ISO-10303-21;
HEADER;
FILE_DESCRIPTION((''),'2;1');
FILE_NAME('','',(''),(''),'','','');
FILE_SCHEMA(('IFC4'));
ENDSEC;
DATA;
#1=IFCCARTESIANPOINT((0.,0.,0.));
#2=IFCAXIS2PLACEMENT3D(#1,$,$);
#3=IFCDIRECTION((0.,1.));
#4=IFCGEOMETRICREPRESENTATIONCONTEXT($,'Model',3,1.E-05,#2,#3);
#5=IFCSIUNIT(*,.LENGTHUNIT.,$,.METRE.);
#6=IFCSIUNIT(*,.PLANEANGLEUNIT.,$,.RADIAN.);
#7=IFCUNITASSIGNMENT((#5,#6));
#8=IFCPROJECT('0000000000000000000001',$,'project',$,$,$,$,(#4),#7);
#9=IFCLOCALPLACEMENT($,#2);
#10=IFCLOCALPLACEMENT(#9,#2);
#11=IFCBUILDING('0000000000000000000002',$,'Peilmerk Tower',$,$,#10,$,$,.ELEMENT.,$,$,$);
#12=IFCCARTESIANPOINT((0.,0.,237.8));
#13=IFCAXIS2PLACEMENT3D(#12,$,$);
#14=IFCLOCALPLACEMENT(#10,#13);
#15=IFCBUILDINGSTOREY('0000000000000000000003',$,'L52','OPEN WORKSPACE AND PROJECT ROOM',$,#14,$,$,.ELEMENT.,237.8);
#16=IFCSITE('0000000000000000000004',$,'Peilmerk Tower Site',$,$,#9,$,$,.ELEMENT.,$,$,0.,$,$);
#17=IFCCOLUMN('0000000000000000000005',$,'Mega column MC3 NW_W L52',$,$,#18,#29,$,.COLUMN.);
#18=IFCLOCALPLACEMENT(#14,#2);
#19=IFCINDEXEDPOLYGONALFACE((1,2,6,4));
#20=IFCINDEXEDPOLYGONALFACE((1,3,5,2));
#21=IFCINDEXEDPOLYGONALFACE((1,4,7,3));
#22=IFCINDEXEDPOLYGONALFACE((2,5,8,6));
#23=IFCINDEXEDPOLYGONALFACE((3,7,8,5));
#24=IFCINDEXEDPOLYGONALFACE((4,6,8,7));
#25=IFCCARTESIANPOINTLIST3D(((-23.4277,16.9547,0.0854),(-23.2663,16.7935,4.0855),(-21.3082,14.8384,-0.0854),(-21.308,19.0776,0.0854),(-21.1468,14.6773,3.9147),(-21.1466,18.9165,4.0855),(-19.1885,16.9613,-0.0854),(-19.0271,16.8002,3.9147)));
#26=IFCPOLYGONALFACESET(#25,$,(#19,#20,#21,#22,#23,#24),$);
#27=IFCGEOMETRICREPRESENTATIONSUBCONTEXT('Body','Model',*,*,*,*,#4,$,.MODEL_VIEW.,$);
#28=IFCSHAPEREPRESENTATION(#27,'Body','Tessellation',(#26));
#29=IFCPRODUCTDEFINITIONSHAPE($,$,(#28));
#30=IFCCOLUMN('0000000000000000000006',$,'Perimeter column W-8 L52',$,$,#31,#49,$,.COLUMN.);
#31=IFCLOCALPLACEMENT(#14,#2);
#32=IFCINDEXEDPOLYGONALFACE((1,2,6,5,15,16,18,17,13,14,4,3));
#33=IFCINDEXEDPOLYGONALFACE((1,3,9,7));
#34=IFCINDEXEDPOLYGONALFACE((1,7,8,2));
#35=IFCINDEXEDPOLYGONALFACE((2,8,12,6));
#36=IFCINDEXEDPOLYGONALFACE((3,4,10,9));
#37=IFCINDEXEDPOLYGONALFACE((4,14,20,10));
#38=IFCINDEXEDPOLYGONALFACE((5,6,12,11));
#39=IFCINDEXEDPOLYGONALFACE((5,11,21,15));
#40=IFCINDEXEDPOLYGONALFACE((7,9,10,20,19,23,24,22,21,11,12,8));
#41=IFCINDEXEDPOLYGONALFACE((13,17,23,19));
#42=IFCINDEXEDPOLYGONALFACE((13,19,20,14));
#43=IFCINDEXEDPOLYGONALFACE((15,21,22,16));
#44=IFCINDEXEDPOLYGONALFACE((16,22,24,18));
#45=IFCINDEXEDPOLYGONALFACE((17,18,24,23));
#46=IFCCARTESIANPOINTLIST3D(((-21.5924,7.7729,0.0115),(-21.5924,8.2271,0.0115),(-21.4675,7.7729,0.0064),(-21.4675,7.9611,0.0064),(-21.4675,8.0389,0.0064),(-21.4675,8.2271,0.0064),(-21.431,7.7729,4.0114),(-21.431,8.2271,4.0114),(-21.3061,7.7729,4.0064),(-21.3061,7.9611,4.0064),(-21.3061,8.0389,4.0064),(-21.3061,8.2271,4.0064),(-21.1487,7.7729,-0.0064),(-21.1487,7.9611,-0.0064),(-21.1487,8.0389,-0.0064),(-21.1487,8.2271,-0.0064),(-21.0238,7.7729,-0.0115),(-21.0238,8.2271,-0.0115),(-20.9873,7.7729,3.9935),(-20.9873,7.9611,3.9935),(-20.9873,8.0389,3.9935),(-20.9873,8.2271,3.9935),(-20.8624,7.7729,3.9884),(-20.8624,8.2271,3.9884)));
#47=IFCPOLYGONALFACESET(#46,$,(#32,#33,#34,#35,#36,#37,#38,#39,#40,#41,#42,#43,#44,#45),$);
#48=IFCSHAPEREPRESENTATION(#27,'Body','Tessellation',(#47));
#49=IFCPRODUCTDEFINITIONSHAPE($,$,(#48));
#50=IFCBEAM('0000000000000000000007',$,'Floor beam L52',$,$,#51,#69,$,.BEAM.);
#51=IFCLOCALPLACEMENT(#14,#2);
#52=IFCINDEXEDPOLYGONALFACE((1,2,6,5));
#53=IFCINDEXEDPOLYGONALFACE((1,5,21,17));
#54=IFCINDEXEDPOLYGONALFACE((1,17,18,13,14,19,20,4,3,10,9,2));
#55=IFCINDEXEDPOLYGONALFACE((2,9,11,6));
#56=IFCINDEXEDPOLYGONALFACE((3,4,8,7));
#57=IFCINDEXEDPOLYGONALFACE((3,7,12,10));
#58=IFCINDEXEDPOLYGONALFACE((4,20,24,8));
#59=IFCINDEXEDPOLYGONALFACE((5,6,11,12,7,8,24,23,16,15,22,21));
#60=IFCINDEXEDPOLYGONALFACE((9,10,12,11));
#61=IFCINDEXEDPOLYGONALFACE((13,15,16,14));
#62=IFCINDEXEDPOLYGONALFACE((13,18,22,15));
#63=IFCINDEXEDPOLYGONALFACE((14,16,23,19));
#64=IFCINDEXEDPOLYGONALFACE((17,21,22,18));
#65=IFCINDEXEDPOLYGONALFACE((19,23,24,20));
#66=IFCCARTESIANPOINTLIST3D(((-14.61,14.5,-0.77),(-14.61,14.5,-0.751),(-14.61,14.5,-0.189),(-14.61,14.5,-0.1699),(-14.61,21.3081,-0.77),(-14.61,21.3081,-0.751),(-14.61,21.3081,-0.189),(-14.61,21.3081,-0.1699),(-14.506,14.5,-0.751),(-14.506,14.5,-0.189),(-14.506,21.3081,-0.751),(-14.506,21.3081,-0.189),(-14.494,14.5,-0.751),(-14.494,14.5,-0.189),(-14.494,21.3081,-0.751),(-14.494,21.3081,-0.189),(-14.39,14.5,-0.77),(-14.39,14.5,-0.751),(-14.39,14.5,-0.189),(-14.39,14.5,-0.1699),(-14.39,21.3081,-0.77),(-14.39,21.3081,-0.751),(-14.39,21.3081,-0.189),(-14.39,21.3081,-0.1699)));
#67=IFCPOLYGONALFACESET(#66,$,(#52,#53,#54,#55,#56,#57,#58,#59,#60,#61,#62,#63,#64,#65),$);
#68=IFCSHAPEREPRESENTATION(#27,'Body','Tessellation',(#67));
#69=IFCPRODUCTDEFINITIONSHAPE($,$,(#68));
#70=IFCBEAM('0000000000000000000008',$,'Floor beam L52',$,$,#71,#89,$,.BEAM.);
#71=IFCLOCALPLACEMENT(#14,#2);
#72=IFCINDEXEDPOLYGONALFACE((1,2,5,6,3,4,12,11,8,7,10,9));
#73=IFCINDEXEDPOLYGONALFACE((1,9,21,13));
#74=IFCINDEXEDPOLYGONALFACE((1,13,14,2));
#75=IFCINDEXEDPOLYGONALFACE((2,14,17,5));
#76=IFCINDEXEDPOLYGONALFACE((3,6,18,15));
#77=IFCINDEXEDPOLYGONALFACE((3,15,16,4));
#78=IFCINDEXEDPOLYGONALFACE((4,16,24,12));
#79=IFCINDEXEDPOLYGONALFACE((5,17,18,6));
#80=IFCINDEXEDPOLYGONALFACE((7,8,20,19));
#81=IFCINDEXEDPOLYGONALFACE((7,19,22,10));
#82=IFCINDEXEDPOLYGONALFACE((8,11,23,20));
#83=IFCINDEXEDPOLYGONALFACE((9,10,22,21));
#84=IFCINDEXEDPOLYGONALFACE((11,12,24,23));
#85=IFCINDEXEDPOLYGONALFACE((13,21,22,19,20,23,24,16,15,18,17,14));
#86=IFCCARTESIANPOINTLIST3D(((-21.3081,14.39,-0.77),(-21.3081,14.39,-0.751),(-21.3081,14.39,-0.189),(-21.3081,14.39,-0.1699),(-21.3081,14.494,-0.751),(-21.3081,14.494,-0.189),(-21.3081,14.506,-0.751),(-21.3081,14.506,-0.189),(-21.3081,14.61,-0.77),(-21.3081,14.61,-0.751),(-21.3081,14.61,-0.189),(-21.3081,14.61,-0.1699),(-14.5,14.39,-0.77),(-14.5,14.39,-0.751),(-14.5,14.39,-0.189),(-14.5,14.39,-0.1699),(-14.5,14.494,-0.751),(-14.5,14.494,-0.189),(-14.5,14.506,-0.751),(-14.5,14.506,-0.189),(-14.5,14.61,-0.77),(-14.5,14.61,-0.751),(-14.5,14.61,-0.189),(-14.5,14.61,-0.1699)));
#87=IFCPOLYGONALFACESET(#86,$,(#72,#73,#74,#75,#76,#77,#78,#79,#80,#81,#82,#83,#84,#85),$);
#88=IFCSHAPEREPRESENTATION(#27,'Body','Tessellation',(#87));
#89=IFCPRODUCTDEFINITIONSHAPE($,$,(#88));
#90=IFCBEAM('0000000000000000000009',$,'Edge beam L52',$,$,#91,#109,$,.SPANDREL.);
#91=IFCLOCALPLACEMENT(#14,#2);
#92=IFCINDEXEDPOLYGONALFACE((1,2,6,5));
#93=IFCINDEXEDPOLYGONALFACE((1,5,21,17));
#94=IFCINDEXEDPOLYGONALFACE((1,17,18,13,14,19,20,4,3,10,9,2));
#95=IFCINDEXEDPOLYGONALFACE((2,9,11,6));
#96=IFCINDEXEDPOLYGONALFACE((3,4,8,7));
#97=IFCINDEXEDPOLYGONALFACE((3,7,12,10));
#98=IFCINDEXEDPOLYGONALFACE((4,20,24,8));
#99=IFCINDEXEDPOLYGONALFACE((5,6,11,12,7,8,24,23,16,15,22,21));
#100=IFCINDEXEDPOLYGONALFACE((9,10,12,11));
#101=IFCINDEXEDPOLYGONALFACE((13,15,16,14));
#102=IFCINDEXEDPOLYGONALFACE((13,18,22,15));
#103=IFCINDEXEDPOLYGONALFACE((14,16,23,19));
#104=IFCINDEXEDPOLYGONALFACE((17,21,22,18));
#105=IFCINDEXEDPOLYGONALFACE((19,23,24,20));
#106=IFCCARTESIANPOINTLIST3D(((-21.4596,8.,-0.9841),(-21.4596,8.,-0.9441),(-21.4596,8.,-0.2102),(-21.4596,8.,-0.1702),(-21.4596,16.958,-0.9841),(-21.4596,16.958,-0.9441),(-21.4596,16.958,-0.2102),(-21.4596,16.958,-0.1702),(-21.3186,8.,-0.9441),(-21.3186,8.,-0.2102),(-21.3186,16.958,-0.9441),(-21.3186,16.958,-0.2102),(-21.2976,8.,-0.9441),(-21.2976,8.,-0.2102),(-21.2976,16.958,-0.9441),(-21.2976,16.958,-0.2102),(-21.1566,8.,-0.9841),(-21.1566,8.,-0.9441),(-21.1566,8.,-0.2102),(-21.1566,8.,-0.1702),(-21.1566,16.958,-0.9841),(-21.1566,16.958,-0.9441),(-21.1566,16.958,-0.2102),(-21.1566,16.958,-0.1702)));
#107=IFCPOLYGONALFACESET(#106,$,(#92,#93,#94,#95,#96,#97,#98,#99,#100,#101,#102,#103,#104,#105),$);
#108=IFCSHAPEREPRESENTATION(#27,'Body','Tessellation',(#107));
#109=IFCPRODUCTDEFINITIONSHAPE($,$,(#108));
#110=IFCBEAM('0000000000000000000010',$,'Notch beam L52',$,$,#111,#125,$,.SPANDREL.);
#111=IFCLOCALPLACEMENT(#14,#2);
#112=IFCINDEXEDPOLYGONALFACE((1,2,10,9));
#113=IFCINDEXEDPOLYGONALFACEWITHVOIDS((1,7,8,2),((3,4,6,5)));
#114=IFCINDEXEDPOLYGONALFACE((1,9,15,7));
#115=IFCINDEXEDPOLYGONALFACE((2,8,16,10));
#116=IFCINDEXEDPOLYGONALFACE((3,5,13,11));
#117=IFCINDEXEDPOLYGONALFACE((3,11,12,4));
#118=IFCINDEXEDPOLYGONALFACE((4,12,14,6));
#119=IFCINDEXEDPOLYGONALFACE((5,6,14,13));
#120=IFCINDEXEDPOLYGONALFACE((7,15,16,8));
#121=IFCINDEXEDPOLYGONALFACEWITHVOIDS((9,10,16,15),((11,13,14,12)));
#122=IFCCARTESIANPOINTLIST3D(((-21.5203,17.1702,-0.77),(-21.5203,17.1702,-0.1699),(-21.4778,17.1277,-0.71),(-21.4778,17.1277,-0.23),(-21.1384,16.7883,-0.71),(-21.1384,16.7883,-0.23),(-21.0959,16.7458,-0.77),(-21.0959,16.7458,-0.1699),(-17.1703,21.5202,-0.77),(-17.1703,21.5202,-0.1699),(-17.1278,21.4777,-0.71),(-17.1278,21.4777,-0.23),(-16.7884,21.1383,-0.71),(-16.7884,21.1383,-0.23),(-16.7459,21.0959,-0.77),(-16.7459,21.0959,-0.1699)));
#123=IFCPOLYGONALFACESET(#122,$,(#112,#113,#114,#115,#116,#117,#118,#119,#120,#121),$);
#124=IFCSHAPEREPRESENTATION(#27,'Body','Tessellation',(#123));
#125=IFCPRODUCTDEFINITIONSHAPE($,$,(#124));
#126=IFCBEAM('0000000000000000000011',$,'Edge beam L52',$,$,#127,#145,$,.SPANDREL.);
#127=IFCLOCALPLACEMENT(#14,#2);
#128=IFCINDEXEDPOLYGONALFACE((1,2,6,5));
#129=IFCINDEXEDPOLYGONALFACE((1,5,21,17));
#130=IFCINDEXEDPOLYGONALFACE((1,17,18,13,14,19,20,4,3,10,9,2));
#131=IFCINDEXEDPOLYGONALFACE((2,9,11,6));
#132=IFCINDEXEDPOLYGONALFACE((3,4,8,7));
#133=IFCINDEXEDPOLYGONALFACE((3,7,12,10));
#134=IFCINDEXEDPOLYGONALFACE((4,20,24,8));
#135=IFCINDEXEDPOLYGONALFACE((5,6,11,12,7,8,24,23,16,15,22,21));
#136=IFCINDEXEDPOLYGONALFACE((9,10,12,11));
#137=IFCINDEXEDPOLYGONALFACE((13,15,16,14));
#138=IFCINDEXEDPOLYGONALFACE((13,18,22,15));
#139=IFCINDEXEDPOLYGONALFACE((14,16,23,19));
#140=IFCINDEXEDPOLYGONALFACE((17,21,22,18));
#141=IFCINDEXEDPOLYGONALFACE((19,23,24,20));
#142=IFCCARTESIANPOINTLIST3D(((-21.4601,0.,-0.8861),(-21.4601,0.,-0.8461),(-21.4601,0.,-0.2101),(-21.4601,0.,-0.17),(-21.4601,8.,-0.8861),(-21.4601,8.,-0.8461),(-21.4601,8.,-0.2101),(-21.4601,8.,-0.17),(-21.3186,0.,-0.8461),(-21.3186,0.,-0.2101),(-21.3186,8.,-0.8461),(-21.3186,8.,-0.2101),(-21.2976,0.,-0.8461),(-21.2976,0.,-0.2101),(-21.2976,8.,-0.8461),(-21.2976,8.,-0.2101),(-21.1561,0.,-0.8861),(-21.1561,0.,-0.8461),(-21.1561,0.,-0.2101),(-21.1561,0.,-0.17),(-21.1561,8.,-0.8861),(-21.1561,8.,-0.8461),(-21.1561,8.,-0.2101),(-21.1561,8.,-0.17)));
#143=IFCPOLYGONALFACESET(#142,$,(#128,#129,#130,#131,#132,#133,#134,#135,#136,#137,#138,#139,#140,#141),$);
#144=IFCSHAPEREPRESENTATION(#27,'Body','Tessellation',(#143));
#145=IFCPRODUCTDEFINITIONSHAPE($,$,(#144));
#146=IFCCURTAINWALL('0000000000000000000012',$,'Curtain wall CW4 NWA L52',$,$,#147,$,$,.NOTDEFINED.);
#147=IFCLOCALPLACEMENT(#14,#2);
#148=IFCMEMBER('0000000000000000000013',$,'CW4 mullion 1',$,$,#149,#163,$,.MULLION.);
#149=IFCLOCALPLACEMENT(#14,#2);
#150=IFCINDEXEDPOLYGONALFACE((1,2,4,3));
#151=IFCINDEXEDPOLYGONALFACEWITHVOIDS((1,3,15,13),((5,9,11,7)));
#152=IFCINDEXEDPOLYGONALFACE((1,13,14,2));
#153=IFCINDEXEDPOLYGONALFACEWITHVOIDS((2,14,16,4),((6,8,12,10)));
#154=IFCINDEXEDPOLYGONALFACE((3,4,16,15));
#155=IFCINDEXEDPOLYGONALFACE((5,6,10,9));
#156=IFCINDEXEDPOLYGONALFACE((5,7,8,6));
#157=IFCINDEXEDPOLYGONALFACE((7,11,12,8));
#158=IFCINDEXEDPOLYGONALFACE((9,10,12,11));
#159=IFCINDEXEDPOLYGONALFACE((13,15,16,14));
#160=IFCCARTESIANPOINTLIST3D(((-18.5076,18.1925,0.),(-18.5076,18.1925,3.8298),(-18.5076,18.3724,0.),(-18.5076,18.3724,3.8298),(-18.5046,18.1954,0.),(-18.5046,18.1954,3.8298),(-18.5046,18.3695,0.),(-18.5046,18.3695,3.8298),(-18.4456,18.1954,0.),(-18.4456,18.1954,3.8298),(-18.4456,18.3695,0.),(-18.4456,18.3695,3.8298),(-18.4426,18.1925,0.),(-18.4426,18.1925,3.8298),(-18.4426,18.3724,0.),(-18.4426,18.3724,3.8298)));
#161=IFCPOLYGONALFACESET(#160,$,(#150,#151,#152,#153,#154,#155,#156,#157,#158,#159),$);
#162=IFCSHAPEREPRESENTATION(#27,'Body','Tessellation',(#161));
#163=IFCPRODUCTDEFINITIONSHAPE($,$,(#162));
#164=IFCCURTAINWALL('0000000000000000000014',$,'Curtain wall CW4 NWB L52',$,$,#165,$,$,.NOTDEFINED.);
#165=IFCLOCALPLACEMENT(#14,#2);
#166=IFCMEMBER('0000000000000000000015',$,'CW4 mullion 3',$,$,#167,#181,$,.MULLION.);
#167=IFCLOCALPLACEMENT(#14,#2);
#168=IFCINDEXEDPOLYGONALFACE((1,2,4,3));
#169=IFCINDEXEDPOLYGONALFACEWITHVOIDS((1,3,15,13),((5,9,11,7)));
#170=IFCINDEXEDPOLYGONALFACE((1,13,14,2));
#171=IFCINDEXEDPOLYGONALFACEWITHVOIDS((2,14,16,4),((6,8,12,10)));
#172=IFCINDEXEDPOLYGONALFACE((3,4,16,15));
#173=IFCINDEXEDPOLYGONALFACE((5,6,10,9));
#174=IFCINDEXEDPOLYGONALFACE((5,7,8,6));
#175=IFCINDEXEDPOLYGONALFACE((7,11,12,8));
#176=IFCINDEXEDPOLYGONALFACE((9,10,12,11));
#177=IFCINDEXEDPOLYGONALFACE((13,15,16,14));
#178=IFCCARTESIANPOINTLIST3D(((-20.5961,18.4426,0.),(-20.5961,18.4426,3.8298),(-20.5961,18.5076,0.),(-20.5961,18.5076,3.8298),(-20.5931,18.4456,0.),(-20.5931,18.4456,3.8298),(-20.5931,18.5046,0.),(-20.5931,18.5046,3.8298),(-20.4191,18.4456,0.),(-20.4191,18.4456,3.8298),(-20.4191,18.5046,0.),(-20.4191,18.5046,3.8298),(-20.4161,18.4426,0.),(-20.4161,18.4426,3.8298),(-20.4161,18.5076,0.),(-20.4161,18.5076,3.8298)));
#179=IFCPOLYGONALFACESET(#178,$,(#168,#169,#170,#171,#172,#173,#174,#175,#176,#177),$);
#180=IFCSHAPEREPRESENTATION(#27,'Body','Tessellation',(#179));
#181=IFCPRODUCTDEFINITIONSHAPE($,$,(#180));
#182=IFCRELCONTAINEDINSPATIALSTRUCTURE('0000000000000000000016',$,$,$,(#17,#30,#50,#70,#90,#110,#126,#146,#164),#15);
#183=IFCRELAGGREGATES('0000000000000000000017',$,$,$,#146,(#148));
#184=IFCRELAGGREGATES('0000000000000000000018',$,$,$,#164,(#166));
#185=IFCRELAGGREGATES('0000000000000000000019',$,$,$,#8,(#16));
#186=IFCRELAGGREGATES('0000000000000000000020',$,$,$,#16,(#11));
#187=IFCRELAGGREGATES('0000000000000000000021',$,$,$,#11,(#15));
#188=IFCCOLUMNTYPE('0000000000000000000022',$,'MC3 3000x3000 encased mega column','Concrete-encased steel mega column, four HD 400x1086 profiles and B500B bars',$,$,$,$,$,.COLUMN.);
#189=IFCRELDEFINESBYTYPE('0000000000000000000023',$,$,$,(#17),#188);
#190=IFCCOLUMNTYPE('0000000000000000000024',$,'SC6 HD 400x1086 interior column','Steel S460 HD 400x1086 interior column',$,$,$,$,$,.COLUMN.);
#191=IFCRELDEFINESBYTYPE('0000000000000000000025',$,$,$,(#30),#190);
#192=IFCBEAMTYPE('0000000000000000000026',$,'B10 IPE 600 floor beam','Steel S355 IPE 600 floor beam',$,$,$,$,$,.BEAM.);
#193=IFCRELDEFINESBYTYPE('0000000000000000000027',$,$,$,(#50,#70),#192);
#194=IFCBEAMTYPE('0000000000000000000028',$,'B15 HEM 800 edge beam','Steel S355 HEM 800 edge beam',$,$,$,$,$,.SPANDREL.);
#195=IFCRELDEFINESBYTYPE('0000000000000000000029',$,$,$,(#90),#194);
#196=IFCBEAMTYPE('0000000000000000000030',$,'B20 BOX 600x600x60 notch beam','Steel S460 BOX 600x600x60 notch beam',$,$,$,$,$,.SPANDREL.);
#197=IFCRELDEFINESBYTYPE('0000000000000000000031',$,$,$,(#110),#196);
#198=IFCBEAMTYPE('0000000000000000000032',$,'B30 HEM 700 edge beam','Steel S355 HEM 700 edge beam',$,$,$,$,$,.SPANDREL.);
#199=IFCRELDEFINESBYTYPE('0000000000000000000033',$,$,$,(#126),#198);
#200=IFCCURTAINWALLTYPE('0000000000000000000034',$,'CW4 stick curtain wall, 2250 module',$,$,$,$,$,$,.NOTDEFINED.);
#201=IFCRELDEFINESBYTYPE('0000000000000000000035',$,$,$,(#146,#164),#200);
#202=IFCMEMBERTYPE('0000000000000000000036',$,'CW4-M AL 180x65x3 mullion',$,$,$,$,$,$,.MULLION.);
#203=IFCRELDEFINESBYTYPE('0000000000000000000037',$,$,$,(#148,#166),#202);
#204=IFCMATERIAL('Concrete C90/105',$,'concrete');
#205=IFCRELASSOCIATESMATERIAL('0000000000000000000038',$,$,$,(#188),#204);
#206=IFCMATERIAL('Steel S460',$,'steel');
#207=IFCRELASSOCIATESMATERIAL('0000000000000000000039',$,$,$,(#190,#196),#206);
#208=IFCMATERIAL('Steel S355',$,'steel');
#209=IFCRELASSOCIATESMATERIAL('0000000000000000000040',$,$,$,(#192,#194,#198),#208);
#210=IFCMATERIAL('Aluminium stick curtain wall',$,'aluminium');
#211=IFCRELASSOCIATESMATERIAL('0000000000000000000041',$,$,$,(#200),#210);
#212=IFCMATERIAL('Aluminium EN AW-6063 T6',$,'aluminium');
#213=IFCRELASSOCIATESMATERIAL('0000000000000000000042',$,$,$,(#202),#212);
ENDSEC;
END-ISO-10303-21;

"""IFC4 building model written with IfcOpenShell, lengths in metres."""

from ifc_helpers import new_model, si_unit, direction, frame, origin, origin_2d, place, context, subcontext, project, spatial, rectangle, hollow_rectangle, i_section, extrude, material, material_profile, profile_set, type_object, element, aggregate, save


model = new_model("IFC4")

# Units and contexts
model_context = context("Model", 3, precision=1e-05, world=origin(), true_north=direction((0.0, 1.0)))
body_context = subcontext(model_context, "Body", "Model", "MODEL_VIEW")
ifc_project = project(units=[si_unit("LENGTHUNIT", "METRE"), si_unit("PLANEANGLEUNIT", "RADIAN")], contexts=[model_context])

# Site, building, storey
site_placement = place(None, origin())
site = spatial("IfcSite", under=ifc_project, at=site_placement, Name="Peilmerk Tower Site", CompositionType="ELEMENT", RefElevation=0.0)
building_placement = place(site_placement, origin())
building = spatial("IfcBuilding", under=site, at=building_placement, Name="Peilmerk Tower", CompositionType="ELEMENT")
storey_placement = place(building_placement, frame((0.0, 0.0, 237.8)))
storey = spatial("IfcBuildingStorey", under=building, at=storey_placement, Name="L52", Description="OPEN WORKSPACE AND PROJECT ROOM", CompositionType="ELEMENT", Elevation=237.8)

# Columns
ifc_material_1 = material(Name="Concrete C90/105", Category="concrete")
ifc_material_profile_1 = material_profile(ifc_material_1, rectangle(XDim=3.0, YDim=3.0, at=origin_2d()), Name="RC 3000x3000")
ifc_profile_set_1 = profile_set([ifc_material_profile_1], Name="Concrete C90/105")
column_type_1 = type_object("IfcColumnType", Name="MC3 3000x3000 encased mega column", Description="Concrete-encased steel mega column, four HD 400x1086 profiles and B500B bars", PredefinedType="COLUMN", material=ifc_profile_set_1)
column_1_placement = place(storey_placement, frame((-21.3081, 16.958, 0.0), z_axis=(0.040279, -0.040218, 0.998379), x_axis=(0.706571, 0.707642, 0.0)))
element("IfcColumn", 1, at=column_1_placement, inside=storey, type_object=column_type_1, Name="Mega column MC3 NW_W L52", PredefinedType="COLUMN", context=body_context, shape_type="SweptSolid", body=[
    extrude(rectangle(XDim=3.0, YDim=3.0, at=origin_2d()), origin(), (0.0, 0.0, 1.0), 4.0066),
])
ifc_material_2 = material(Name="Steel S460", Category="steel")
ifc_material_profile_2 = material_profile(ifc_material_2, i_section(OverallWidth=0.4541, OverallDepth=0.5691, WebThickness=0.0779, FlangeThickness=0.125, at=origin_2d()), Name="HD 400x1086")
ifc_profile_set_2 = profile_set([ifc_material_profile_2], Name="Steel S460")
column_type_2 = type_object("IfcColumnType", Name="SC6 HD 400x1086 interior column", Description="Steel S460 HD 400x1086 interior column", PredefinedType="COLUMN", material=ifc_profile_set_2)
column_2_placement = place(storey_placement, frame((-21.3081, 8.0, 0.0), z_axis=(0.040311, 0.0, 0.999187), x_axis=(0.0, 1.0, 0.0)))
element("IfcColumn", 2, at=column_2_placement, inside=storey, type_object=column_type_2, Name="Perimeter column W-8 L52", PredefinedType="COLUMN", context=body_context, shape_type="SweptSolid", body=[
    extrude(i_section(OverallWidth=0.4541, OverallDepth=0.5691, WebThickness=0.0779, FlangeThickness=0.125, at=origin_2d()), origin(), (0.0, 0.0, 1.0), 4.0032),
])

# Beams
ifc_material_3 = material(Name="Steel S355", Category="steel")
ifc_material_profile_3 = material_profile(ifc_material_3, i_section(OverallWidth=0.22, OverallDepth=0.6001, WebThickness=0.012, FlangeThickness=0.019, at=origin_2d()), Name="IPE 600")
ifc_profile_set_3 = profile_set([ifc_material_profile_3], Name="Steel S355")
beam_type_1 = type_object("IfcBeamType", Name="B10 IPE 600 floor beam", Description="Steel S355 IPE 600 floor beam", PredefinedType="BEAM", material=ifc_profile_set_3)
for number, where, z_axis, x_axis, name in (
    (3, (-14.5, 14.5, -0.47), (0.0, 1.0, 0.0), (-1.0, 0.0, 0.0), "Floor beam L52"),
    (4, (-14.5, 14.5, -0.47), (-1.0, 0.0, 0.0), (0.0, -1.0, 0.0), "Floor beam L52"),
):
    element("IfcBeam", number, at=place(storey_placement, frame(where, z_axis=z_axis, x_axis=x_axis)), inside=storey, type_object=beam_type_1, Name=name, PredefinedType="BEAM", context=body_context, shape_type="SweptSolid", body=[
        extrude(i_section(OverallWidth=0.22, OverallDepth=0.6001, WebThickness=0.012, FlangeThickness=0.019, at=origin_2d()), origin(), (0.0, 0.0, 1.0), 6.8081),
    ])
ifc_material_profile_4 = material_profile(ifc_material_3, i_section(OverallWidth=0.303, OverallDepth=0.814, WebThickness=0.021, FlangeThickness=0.04, at=origin_2d()), Name="HEM 800")
ifc_profile_set_4 = profile_set([ifc_material_profile_4], Name="Steel S355")
beam_type_2 = type_object("IfcBeamType", Name="B15 HEM 800 edge beam", Description="Steel S355 HEM 800 edge beam", PredefinedType="SPANDREL", material=ifc_profile_set_4)
beam_1_placement = place(storey_placement, frame((-21.3081, 16.958, -0.5771), z_axis=(0.0, -1.0, 0.0), x_axis=(1.0, 0.0, 0.0)))
element("IfcBeam", 5, at=beam_1_placement, inside=storey, type_object=beam_type_2, Name="Edge beam L52", PredefinedType="SPANDREL", context=body_context, shape_type="SweptSolid", body=[
    extrude(i_section(OverallWidth=0.303, OverallDepth=0.814, WebThickness=0.021, FlangeThickness=0.04, at=origin_2d()), origin(), (0.0, 0.0, 1.0), 8.958),
])
ifc_material_profile_5 = material_profile(ifc_material_2, hollow_rectangle(XDim=0.6001, YDim=0.6001, WallThickness=0.0601, at=origin_2d()), Name="BOX 600x600x60")
ifc_profile_set_5 = profile_set([ifc_material_profile_5], Name="Steel S460")
beam_type_3 = type_object("IfcBeamType", Name="B20 BOX 600x600x60 notch beam", Description="Steel S460 BOX 600x600x60 notch beam", PredefinedType="SPANDREL", material=ifc_profile_set_5)
beam_2_placement = place(storey_placement, frame((-21.3081, 16.958, -0.47), z_axis=(0.707107, 0.707107, 0.0), x_axis=(-0.707107, 0.707107, 0.0)))
element("IfcBeam", 6, at=beam_2_placement, inside=storey, type_object=beam_type_3, Name="Notch beam L52", PredefinedType="SPANDREL", context=body_context, shape_type="SweptSolid", body=[
    extrude(hollow_rectangle(XDim=0.6001, YDim=0.6001, WallThickness=0.0601, at=origin_2d()), origin(), (0.0, 0.0, 1.0), 6.1519),
])
ifc_material_profile_6 = material_profile(ifc_material_3, i_section(OverallWidth=0.304, OverallDepth=0.7161, WebThickness=0.021, FlangeThickness=0.04, at=origin_2d()), Name="HEM 700")
ifc_profile_set_6 = profile_set([ifc_material_profile_6], Name="Steel S355")
beam_type_4 = type_object("IfcBeamType", Name="B30 HEM 700 edge beam", Description="Steel S355 HEM 700 edge beam", PredefinedType="SPANDREL", material=ifc_profile_set_6)
beam_3_placement = place(storey_placement, frame((-21.3081, 8.0, -0.5281), z_axis=(0.0, -1.0, 0.0), x_axis=(1.0, 0.0, 0.0)))
element("IfcBeam", 7, at=beam_3_placement, inside=storey, type_object=beam_type_4, Name="Edge beam L52", PredefinedType="SPANDREL", context=body_context, shape_type="SweptSolid", body=[
    extrude(i_section(OverallWidth=0.304, OverallDepth=0.7161, WebThickness=0.021, FlangeThickness=0.04, at=origin_2d()), origin(), (0.0, 0.0, 1.0), 8.0),
])

# Curtain walls, members
ifc_material_4 = material(Name="Aluminium stick curtain wall", Category="aluminium")
curtain_wall_type = type_object("IfcCurtainWallType", Name="CW4 stick curtain wall, 2250 module", PredefinedType="NOTDEFINED", material=ifc_material_4)
curtain_wall_1_placement = place(storey_placement, origin())
curtain_wall_1 = element("IfcCurtainWall", 8, at=curtain_wall_1_placement, inside=storey, type_object=curtain_wall_type, Name="Curtain wall CW4 NWA L52", PredefinedType="NOTDEFINED")
ifc_material_5 = material(Name="Aluminium EN AW-6063 T6", Category="aluminium")
ifc_material_profile_7 = material_profile(ifc_material_5, hollow_rectangle(XDim=0.0649, YDim=0.1799, WallThickness=0.0029, at=origin_2d()), Name="AL 180x65x3")
ifc_profile_set_7 = profile_set([ifc_material_profile_7], Name="Aluminium EN AW-6063 T6")
member_type_1 = type_object("IfcMemberType", Name="CW4-M AL 180x65x3 mullion", PredefinedType="MULLION", material=ifc_profile_set_7)
member_1_placement = place(storey_placement, frame((-18.4751, 18.2825, 0.0), z_axis=(0.0, 0.0, 1.0), x_axis=(-1.0, 0.0, 0.0)))
member_1 = element("IfcMember", 9, at=member_1_placement, type_object=member_type_1, Name="CW4 mullion 1", PredefinedType="MULLION", context=body_context, shape_type="SweptSolid", body=[
    extrude(hollow_rectangle(XDim=0.0649, YDim=0.1799, WallThickness=0.0029, at=origin_2d()), origin(), (0.0, 0.0, 1.0), 3.8298),
])
curtain_wall_2_placement = place(storey_placement, origin())
curtain_wall_2 = element("IfcCurtainWall", 10, at=curtain_wall_2_placement, inside=storey, type_object=curtain_wall_type, Name="Curtain wall CW4 NWB L52", PredefinedType="NOTDEFINED")
member_2_placement = place(storey_placement, frame((-20.5061, 18.4751, 0.0), z_axis=(0.0, 0.0, 1.0), x_axis=(0.0, -1.0, 0.0)))
member_2 = element("IfcMember", 11, at=member_2_placement, type_object=member_type_1, Name="CW4 mullion 3", PredefinedType="MULLION", context=body_context, shape_type="SweptSolid", body=[
    extrude(hollow_rectangle(XDim=0.0649, YDim=0.1799, WallThickness=0.0029, at=origin_2d()), origin(), (0.0, 0.0, 1.0), 3.8298),
])

aggregate(curtain_wall_1, [member_1])

aggregate(curtain_wall_2, [member_2])

save(model, "model.ifc")
